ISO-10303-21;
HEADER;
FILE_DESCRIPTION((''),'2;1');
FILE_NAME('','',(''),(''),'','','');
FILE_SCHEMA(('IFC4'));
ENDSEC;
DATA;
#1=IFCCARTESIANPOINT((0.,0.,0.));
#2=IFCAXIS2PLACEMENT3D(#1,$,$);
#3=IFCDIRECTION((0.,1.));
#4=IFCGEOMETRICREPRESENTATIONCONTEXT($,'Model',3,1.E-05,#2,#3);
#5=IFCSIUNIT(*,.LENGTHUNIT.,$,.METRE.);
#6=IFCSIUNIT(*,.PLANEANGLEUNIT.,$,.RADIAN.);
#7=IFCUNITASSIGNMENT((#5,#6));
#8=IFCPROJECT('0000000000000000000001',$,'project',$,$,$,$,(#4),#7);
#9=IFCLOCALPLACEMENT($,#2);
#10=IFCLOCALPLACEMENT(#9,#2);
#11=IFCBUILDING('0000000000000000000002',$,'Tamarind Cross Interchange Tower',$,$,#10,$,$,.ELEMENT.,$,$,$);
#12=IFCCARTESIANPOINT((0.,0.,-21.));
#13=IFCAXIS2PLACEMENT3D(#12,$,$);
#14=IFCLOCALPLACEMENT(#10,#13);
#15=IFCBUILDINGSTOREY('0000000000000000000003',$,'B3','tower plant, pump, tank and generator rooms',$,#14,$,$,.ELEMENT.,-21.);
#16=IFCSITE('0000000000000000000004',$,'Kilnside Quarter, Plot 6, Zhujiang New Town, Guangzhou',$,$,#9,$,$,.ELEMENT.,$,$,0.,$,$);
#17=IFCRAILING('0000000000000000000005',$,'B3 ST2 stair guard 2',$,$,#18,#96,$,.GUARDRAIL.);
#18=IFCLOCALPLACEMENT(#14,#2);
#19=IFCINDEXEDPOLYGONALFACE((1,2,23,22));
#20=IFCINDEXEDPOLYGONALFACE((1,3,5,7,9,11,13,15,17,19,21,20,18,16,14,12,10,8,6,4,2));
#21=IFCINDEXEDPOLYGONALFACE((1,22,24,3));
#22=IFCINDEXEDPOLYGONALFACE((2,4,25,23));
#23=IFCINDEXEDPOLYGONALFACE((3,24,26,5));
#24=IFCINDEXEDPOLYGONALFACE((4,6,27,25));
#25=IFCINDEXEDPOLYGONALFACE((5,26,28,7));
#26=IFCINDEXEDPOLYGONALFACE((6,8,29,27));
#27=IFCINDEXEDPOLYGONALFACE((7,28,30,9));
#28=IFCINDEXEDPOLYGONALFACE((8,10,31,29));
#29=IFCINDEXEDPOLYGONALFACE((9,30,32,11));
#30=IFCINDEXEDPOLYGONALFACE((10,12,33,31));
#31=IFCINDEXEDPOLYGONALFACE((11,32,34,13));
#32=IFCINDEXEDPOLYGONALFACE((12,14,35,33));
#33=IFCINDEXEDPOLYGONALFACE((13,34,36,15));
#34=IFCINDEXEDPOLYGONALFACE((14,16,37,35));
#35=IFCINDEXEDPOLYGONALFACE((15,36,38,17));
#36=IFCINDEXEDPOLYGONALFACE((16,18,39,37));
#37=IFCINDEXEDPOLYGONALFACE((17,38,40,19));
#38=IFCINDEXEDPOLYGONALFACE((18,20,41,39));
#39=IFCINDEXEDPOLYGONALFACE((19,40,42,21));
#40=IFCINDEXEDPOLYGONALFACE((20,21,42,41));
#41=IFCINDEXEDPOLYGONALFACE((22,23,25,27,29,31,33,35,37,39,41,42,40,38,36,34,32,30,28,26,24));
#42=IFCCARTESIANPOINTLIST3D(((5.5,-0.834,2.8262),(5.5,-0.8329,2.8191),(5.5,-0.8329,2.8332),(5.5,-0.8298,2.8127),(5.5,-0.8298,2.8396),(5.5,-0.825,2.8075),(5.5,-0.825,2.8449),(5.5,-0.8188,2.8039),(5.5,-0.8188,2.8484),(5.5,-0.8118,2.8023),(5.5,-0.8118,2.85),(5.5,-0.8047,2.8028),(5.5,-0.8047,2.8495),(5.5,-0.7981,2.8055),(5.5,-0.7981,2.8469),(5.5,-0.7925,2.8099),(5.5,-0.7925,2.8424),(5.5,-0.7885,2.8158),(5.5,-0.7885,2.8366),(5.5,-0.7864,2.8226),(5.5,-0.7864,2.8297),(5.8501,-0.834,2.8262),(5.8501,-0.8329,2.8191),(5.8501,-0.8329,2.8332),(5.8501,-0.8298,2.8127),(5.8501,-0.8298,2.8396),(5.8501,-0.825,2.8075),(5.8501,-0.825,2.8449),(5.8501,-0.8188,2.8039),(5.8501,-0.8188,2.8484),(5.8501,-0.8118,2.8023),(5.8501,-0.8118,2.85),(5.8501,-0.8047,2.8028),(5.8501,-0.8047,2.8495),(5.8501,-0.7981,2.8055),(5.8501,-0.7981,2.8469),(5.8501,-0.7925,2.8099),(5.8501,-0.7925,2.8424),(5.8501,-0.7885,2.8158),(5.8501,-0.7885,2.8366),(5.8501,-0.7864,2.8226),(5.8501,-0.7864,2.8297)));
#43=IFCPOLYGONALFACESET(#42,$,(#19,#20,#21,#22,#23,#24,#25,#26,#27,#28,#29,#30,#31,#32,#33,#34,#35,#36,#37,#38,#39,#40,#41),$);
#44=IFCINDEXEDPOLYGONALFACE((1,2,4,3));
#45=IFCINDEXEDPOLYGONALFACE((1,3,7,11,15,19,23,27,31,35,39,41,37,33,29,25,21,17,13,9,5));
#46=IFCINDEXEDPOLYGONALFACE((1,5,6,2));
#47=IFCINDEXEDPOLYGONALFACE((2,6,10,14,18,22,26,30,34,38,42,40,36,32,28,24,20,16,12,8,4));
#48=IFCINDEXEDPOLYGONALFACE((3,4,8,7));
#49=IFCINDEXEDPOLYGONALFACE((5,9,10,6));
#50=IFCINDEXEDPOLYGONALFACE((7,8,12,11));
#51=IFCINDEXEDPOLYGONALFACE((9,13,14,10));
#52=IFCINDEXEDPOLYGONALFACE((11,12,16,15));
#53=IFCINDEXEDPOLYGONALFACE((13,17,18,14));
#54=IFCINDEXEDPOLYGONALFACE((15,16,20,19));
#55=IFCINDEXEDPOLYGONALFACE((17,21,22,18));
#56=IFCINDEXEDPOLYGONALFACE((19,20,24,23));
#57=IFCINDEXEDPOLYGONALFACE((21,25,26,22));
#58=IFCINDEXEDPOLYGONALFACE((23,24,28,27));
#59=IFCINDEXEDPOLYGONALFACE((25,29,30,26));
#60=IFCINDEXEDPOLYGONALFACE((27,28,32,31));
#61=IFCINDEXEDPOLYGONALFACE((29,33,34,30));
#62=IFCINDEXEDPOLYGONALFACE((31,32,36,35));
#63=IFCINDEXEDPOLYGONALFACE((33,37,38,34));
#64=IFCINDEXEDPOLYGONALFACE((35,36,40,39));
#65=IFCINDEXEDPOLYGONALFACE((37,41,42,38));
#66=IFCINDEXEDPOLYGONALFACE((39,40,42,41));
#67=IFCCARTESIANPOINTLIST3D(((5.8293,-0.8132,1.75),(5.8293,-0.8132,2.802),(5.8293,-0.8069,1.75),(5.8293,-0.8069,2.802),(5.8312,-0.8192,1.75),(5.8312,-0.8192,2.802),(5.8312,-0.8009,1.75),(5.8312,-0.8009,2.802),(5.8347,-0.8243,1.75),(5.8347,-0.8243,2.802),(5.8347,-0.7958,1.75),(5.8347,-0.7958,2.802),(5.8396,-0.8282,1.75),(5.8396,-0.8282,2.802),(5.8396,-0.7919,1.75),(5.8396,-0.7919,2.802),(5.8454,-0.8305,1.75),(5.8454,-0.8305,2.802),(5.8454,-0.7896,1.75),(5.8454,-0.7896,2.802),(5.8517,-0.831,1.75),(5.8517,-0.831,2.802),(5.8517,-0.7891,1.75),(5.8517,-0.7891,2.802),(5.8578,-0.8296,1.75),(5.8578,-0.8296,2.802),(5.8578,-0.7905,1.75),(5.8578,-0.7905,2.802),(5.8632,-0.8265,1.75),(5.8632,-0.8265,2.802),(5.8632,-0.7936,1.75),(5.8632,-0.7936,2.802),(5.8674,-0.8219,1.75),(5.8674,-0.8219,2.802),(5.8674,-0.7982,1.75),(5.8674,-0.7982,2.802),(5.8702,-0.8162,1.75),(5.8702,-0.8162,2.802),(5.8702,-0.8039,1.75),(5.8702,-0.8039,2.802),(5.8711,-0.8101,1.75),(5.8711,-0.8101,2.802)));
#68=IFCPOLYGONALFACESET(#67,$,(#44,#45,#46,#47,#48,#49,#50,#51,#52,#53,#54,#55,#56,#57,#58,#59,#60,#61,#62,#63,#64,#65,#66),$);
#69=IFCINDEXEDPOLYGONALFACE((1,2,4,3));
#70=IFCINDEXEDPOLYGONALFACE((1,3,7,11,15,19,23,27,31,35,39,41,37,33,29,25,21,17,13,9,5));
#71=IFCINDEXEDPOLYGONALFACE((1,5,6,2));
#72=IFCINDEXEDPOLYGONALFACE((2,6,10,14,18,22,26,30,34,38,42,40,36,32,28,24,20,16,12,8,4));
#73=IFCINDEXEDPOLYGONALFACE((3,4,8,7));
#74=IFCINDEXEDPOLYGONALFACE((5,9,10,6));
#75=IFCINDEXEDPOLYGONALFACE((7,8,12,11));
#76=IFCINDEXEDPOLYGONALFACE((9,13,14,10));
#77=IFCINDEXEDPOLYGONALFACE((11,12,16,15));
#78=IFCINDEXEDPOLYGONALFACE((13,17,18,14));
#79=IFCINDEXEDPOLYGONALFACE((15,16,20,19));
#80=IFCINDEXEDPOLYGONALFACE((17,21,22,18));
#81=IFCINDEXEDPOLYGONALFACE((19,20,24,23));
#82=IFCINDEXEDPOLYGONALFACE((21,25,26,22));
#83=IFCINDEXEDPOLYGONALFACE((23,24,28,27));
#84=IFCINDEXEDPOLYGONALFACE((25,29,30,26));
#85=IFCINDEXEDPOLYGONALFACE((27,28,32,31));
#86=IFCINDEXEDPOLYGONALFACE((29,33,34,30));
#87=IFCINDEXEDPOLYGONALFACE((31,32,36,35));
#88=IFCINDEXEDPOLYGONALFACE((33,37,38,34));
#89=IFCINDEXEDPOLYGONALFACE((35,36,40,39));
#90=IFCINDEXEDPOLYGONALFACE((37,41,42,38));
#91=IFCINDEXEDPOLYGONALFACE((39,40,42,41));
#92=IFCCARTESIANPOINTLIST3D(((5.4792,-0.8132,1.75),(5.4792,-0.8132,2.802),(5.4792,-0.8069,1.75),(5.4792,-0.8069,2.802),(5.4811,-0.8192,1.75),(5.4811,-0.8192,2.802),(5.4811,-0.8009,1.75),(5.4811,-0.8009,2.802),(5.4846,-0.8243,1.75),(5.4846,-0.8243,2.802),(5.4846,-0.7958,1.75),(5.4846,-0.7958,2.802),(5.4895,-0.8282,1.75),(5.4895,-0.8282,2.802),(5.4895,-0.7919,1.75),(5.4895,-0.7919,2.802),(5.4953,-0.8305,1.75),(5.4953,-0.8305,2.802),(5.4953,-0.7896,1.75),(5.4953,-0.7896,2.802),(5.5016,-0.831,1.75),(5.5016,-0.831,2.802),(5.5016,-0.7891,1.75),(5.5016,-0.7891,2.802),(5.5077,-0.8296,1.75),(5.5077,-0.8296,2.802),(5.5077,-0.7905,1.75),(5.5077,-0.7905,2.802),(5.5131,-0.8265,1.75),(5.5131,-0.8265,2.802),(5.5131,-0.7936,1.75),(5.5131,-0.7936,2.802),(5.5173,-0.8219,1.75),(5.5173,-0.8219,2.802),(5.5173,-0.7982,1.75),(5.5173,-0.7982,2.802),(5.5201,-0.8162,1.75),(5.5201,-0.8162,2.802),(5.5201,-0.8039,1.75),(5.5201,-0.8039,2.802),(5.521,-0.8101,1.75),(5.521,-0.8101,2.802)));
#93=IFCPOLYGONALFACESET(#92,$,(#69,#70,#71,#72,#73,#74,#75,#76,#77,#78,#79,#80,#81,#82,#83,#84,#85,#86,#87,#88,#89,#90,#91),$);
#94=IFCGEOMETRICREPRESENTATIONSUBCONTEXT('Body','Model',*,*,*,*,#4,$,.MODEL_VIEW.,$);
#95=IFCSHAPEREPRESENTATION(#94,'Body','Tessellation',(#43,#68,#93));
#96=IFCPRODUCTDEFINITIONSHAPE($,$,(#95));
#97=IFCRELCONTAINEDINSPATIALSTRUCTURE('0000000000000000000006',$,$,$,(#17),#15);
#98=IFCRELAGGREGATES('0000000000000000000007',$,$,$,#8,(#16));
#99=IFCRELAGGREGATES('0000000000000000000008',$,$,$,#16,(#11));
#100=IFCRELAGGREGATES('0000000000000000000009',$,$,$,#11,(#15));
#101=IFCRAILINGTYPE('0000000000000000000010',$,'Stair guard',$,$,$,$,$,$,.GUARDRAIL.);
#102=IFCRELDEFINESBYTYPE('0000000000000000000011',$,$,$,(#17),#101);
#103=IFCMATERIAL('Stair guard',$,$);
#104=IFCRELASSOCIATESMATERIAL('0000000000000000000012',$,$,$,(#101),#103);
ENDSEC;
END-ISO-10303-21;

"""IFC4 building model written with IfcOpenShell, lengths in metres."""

from ifc_helpers import new_model, si_unit, direction, frame, origin, origin_2d, place, context, subcontext, project, spatial, circle, extrude, material, type_object, element, save


model = new_model("IFC4")

# Units and contexts
model_context = context("Model", 3, precision=1e-05, world=origin(), true_north=direction((0.0, 1.0)))
body_context = subcontext(model_context, "Body", "Model", "MODEL_VIEW")
ifc_project = project(units=[si_unit("LENGTHUNIT", "METRE"), si_unit("PLANEANGLEUNIT", "RADIAN")], contexts=[model_context])

# Site, building, storey
site_placement = place(None, origin())
site = spatial("IfcSite", under=ifc_project, at=site_placement, Name="Kilnside Quarter, Plot 6, Zhujiang New Town, Guangzhou", CompositionType="ELEMENT", RefElevation=0.0)
building_placement = place(site_placement, origin())
building = spatial("IfcBuilding", under=site, at=building_placement, Name="Tamarind Cross Interchange Tower", CompositionType="ELEMENT")
storey_placement = place(building_placement, frame((0.0, 0.0, -21.0)))
storey = spatial("IfcBuildingStorey", under=building, at=storey_placement, Name="B3", Description="tower plant, pump, tank and generator rooms", CompositionType="ELEMENT", Elevation=-21.0)

# Railing
ifc_material_1 = material(Name="Stair guard")
railing_type_1 = type_object("IfcRailingType", Name="Stair guard", PredefinedType="GUARDRAIL", material=ifc_material_1)
railing_1_placement = place(storey_placement, frame((5.8501, -0.8101, 1.75)))
element("IfcRailing", 1, at=railing_1_placement, inside=storey, type_object=railing_type_1, Name="B3 ST2 stair guard 2", PredefinedType="GUARDRAIL", context=body_context, shape_type="SweptSolid", body=[
    extrude(circle(Radius=0.0239, at=origin_2d()), frame((0.0, 0.0, 1.0762), z_axis=(-1.0, 0.0, 0.0), x_axis=(0.0, -1.0, 0.0)), (0.0, 0.0, 1.0), 0.3501),
    extrude(circle(Radius=0.021, at=origin_2d()), origin(), (0.0, 0.0, 1.0), 1.052),
    extrude(circle(Radius=0.021, at=origin_2d()), frame((-0.3501, 0.0, 0.0)), (0.0, 0.0, 1.0), 1.052),
])

save(model, "model.ifc")
